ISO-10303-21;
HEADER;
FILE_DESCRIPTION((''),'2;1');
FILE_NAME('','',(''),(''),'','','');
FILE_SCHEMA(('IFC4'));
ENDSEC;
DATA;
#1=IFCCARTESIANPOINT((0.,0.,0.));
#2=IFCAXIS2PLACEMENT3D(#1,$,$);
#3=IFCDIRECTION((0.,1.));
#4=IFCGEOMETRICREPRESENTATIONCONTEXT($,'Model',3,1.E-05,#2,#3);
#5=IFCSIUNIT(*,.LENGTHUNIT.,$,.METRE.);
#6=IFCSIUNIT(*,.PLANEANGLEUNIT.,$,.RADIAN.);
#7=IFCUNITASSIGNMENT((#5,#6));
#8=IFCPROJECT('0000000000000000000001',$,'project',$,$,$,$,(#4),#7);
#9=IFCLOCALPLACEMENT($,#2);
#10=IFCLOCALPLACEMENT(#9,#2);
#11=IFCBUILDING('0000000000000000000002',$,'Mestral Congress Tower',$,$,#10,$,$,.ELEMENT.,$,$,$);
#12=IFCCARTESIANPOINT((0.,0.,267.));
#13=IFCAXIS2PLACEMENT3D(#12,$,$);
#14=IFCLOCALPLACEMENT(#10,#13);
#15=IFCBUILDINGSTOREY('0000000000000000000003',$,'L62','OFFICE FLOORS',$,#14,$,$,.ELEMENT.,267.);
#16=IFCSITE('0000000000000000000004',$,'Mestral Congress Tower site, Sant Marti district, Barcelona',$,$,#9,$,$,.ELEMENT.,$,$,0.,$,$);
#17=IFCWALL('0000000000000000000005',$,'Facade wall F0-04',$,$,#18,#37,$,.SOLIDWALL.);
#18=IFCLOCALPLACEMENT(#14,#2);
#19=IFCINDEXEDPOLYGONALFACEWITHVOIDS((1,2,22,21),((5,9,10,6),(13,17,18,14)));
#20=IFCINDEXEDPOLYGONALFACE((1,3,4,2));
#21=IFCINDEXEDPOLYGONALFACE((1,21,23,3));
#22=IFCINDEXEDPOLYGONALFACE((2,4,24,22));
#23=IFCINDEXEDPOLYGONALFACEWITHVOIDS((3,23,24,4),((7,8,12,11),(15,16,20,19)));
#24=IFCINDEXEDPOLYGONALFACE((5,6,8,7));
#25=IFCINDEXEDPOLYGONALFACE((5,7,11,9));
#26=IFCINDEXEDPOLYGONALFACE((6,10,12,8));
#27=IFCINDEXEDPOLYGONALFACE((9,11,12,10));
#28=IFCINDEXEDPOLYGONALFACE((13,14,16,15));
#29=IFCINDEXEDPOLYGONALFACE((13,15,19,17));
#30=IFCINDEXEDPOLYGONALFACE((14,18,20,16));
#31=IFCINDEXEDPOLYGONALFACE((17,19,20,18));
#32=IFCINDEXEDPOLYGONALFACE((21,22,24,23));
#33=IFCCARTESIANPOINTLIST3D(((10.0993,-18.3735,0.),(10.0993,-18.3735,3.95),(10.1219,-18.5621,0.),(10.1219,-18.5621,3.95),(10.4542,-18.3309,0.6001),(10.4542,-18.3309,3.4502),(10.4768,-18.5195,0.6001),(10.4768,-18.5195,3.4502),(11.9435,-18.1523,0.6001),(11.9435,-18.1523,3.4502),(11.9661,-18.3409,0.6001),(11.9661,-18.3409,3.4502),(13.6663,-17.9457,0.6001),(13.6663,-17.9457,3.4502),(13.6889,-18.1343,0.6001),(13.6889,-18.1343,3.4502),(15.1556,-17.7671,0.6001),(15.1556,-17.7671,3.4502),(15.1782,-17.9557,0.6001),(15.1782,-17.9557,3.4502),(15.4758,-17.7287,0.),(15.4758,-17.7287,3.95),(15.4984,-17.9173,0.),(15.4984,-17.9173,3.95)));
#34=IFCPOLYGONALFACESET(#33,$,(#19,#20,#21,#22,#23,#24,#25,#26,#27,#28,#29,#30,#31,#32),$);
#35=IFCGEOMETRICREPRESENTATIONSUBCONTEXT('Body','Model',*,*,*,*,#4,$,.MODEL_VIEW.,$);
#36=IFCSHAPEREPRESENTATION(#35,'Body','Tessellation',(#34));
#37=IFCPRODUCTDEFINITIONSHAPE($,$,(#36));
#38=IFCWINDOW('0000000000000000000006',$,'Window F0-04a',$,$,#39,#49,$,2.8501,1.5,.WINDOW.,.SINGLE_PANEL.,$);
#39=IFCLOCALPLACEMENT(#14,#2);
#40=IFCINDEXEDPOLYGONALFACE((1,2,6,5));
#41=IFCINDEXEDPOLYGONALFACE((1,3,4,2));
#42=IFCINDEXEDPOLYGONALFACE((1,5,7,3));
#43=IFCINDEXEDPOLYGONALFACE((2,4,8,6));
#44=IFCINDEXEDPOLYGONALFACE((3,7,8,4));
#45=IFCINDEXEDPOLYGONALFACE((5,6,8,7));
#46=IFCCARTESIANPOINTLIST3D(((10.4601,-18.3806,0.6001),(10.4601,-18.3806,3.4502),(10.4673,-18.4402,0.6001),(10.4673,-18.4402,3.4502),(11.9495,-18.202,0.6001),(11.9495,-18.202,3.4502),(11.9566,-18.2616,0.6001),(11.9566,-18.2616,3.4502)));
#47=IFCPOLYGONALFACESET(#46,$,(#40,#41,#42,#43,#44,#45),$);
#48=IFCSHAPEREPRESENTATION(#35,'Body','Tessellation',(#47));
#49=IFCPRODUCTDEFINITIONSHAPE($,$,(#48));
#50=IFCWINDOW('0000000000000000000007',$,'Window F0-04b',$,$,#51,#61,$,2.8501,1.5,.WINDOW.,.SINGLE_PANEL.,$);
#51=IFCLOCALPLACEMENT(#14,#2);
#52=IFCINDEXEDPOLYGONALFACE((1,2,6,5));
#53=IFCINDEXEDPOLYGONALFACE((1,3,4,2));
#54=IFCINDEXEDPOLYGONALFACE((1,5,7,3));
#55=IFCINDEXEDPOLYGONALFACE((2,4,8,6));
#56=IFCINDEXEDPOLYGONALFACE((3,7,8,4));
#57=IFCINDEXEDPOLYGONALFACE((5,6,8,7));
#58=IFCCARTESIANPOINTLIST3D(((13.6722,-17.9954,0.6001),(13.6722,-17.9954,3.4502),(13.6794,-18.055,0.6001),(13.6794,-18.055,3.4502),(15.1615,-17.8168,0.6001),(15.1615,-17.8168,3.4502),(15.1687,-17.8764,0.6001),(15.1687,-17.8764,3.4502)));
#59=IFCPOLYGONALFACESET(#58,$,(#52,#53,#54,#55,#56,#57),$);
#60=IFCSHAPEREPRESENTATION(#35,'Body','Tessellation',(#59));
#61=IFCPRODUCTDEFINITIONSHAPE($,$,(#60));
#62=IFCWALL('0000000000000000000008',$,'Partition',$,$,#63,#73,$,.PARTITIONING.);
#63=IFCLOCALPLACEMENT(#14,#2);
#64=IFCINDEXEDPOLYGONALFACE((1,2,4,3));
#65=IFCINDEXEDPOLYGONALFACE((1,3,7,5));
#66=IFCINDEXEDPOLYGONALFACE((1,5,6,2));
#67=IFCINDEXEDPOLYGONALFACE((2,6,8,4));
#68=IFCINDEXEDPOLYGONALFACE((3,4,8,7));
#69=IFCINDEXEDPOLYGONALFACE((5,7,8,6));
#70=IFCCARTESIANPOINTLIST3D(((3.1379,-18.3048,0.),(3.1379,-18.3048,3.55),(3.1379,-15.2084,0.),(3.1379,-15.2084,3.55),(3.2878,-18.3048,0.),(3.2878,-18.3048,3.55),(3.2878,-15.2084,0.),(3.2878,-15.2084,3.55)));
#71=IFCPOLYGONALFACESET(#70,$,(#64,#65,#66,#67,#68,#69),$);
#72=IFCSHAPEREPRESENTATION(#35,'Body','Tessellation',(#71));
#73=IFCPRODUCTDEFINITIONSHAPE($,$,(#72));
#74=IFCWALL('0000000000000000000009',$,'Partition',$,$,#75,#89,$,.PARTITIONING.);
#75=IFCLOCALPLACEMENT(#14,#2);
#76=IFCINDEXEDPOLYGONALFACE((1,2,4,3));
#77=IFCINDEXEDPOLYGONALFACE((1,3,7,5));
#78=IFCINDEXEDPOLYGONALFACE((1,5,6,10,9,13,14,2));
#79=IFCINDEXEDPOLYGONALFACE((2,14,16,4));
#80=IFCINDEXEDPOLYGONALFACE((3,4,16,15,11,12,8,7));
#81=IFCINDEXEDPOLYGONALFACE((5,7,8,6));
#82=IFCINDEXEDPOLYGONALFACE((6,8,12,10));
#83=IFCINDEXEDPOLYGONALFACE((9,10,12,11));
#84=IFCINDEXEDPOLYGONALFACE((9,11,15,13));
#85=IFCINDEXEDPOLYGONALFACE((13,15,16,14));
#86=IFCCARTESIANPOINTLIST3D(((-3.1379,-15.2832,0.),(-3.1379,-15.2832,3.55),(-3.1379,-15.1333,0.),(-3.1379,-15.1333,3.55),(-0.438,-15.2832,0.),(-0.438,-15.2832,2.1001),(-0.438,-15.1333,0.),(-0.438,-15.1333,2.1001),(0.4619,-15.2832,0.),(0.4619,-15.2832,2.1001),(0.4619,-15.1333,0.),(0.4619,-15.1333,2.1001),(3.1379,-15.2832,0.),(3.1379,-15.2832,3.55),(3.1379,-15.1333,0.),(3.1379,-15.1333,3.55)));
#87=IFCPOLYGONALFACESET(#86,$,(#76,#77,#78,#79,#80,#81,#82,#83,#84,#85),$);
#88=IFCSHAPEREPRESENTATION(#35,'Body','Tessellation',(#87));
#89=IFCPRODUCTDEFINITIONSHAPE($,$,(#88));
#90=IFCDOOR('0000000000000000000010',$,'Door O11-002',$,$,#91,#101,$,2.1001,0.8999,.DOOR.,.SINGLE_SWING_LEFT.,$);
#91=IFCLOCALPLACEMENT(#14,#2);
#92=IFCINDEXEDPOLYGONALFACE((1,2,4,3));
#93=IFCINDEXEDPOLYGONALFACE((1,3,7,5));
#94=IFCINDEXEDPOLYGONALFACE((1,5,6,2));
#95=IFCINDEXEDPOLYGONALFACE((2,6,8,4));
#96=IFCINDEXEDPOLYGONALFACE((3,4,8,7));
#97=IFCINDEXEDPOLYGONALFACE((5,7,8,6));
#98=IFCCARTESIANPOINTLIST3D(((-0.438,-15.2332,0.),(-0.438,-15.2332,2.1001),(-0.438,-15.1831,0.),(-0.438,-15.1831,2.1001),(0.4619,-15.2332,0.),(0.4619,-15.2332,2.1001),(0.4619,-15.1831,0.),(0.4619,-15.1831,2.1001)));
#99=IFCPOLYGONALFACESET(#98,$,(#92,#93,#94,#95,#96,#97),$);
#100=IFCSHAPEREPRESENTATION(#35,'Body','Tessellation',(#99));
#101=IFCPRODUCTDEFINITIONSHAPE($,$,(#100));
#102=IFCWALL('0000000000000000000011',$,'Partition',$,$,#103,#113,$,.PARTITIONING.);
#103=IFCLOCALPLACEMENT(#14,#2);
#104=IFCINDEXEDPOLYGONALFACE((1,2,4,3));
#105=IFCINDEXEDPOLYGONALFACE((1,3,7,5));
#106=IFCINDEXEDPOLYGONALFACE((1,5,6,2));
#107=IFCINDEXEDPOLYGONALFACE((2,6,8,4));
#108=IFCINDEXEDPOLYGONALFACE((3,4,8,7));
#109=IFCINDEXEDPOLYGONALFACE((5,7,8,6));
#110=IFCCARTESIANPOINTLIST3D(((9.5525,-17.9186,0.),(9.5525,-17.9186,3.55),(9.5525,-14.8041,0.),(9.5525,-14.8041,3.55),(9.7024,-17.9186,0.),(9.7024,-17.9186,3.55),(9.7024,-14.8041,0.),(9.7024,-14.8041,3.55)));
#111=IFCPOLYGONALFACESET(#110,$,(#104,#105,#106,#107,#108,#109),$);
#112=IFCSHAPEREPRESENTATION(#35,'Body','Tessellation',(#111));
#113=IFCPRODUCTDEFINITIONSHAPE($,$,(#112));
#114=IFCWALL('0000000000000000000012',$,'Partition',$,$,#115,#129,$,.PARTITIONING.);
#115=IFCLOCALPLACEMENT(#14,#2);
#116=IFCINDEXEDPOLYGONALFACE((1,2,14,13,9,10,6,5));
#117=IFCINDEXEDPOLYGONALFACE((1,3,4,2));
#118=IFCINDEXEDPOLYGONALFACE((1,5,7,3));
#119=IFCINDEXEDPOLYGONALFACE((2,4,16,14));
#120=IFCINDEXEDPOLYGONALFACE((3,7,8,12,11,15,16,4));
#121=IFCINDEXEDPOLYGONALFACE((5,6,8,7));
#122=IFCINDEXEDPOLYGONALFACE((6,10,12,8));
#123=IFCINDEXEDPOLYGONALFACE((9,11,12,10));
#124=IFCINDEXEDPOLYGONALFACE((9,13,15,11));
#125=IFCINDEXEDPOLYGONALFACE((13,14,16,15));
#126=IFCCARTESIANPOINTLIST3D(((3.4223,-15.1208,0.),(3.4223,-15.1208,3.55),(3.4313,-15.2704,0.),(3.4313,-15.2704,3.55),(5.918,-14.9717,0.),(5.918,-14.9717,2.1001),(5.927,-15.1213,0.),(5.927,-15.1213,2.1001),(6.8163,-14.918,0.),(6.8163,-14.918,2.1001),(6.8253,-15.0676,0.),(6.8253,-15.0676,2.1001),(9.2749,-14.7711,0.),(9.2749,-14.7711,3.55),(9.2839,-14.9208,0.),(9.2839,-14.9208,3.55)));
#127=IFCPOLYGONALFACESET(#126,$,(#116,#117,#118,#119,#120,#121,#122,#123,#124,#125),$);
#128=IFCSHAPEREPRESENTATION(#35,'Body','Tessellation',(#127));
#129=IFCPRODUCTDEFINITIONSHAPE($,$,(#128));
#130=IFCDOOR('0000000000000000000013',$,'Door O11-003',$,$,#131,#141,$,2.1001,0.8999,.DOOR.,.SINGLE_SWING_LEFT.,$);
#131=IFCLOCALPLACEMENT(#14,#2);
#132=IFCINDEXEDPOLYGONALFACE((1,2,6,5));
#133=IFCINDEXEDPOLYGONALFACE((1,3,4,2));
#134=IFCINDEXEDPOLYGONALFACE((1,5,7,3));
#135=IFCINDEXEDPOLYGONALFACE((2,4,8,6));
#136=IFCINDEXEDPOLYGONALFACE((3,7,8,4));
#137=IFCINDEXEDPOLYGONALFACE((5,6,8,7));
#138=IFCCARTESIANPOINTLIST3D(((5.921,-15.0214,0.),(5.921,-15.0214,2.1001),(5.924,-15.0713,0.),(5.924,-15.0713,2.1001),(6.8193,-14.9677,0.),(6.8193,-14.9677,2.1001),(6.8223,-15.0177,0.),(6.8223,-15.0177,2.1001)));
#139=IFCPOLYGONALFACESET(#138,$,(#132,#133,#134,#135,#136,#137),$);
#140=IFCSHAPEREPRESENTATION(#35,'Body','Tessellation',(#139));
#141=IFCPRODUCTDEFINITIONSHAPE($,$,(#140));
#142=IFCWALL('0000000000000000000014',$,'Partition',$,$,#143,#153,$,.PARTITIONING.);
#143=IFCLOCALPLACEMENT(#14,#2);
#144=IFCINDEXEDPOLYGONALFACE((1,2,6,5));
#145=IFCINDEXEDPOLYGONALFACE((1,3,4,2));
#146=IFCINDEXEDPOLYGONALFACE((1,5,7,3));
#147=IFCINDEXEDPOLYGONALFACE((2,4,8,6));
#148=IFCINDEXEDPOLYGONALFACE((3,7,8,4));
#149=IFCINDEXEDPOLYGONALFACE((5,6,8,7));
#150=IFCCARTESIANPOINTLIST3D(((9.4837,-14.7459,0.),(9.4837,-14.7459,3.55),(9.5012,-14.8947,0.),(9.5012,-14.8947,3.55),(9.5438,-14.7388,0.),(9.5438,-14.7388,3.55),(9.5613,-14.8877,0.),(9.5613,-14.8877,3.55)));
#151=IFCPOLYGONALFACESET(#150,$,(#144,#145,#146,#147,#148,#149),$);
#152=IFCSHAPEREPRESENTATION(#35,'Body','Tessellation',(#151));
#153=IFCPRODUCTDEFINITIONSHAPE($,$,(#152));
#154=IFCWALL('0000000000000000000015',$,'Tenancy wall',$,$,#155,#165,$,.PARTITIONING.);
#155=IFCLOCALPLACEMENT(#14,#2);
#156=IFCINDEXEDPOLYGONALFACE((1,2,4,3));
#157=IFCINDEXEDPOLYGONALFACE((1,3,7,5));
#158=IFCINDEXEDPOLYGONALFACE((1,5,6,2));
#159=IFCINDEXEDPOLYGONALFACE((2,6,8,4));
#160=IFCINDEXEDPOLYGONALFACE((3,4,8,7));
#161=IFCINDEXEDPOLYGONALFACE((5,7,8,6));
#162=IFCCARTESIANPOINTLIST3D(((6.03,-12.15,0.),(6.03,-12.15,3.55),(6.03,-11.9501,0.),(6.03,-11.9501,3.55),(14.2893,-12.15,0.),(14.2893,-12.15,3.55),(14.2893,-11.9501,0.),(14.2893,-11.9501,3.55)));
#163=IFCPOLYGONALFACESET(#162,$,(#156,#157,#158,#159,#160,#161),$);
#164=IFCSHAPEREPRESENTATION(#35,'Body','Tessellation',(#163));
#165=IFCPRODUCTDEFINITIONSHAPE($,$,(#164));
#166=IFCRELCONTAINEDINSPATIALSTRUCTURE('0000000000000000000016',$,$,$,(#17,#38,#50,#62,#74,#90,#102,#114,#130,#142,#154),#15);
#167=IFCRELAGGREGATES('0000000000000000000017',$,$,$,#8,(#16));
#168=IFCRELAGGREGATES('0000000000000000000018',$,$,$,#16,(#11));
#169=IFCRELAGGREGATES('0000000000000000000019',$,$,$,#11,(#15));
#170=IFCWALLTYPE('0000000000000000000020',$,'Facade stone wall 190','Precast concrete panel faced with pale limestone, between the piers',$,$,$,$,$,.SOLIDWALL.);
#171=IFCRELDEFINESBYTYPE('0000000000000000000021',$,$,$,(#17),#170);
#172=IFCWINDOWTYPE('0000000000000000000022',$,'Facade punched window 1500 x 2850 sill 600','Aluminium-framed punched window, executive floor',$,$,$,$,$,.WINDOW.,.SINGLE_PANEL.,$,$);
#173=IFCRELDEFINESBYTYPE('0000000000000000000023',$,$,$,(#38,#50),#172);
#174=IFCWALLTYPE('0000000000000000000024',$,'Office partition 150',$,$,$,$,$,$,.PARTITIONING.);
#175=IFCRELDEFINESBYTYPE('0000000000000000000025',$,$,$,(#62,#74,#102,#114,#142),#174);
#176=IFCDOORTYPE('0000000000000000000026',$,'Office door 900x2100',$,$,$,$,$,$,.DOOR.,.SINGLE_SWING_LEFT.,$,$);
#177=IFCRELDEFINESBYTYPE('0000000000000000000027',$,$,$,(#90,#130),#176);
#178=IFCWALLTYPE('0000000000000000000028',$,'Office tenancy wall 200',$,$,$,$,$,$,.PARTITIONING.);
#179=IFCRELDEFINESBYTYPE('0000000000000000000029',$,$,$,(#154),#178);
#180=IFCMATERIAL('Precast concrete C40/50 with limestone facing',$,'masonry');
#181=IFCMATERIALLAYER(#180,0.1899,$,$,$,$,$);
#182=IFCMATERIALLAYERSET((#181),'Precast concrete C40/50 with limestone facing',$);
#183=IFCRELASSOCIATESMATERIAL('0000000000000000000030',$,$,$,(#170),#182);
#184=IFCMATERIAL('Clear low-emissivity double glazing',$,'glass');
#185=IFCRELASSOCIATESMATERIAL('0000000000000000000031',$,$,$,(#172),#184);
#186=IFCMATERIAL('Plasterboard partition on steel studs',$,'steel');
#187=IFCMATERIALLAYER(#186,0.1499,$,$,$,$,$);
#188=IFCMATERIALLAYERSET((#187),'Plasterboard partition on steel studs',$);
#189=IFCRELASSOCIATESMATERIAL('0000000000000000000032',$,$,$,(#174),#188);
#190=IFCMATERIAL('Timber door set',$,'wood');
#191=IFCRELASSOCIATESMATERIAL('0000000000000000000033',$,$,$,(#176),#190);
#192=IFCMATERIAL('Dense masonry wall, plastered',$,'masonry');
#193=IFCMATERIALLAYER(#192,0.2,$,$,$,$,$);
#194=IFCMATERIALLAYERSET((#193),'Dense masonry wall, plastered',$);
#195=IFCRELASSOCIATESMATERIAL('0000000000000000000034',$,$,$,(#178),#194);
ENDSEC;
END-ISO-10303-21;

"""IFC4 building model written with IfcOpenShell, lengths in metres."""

from ifc_helpers import new_model, si_unit, direction, frame, frame_2d, origin, place, context, subcontext, project, spatial, rectangle, extrude, material, layer, layer_set, type_object, element, fill, save


model = new_model("IFC4")

# Units and contexts
model_context = context("Model", 3, precision=1e-05, world=origin(), true_north=direction((0.0, 1.0)))
body_context = subcontext(model_context, "Body", "Model", "MODEL_VIEW")
ifc_project = project(units=[si_unit("LENGTHUNIT", "METRE"), si_unit("PLANEANGLEUNIT", "RADIAN")], contexts=[model_context])

# Site, building, storey
site_placement = place(None, origin())
site = spatial("IfcSite", under=ifc_project, at=site_placement, Name="Mestral Congress Tower site, Sant Marti district, Barcelona", CompositionType="ELEMENT", RefElevation=0.0)
building_placement = place(site_placement, origin())
building = spatial("IfcBuilding", under=site, at=building_placement, Name="Mestral Congress Tower", CompositionType="ELEMENT")
storey_placement = place(building_placement, frame((0.0, 0.0, 267.0)))
storey = spatial("IfcBuildingStorey", under=building, at=storey_placement, Name="L62", Description="OFFICE FLOORS", CompositionType="ELEMENT", Elevation=267.0)

# Wall, openings, windows
ifc_material_1 = material(Name="Precast concrete C40/50 with limestone facing", Category="masonry")
ifc_layer_1 = layer(ifc_material_1, 0.1899)
ifc_layer_set_1 = layer_set([ifc_layer_1], Name="Precast concrete C40/50 with limestone facing")
wall_type_1 = type_object("IfcWallType", Name="Facade stone wall 190", Description="Precast concrete panel faced with pale limestone, between the piers", PredefinedType="SOLIDWALL", material=ifc_layer_set_1)
ifc_material_2 = material(Name="Clear low-emissivity double glazing", Category="glass")
window_type = type_object("IfcWindowType", Name="Facade punched window 1500 x 2850 sill 600", Description="Aluminium-framed punched window, executive floor", PartitioningType="SINGLE_PANEL", PredefinedType="WINDOW", material=ifc_material_2)
wall_1_placement = place(storey_placement, frame((10.1106, -18.4678, 0.0), z_axis=(0.0, 0.0, 1.0), x_axis=(0.992886, 0.119072, 0.0)))
wall_1 = element("IfcWall", 1, at=wall_1_placement, inside=storey, type_object=wall_type_1, Name="Facade wall F0-04", PredefinedType="SOLIDWALL", context=body_context, shape_type="SweptSolid", body=[
    extrude(rectangle(XDim=5.415, YDim=0.1899, at=frame_2d((2.7075, 0.0))), origin(), (0.0, 0.0, 1.0), 3.95),
])
opening_1_placement = place(wall_1_placement, frame((0.3574, 0.0, 0.6001)))
opening_1 = element("IfcOpeningElement", 2, at=opening_1_placement, cuts=wall_1, PredefinedType="OPENING", context=body_context, shape_type="SweptSolid", body=[
    extrude(rectangle(XDim=1.5, YDim=2.8501, at=frame_2d((0.75, 1.425))), frame((0.0, 0.105, 0.0), z_axis=(0.0, -1.0, 0.0), x_axis=(1.0, 0.0, 0.0)), (0.0, 0.0, 1.0), 0.21),
])
opening_2_placement = place(wall_1_placement, frame((3.5925, 0.0, 0.6001)))
opening_2 = element("IfcOpeningElement", 3, at=opening_2_placement, cuts=wall_1, PredefinedType="OPENING", context=body_context, shape_type="SweptSolid", body=[
    extrude(rectangle(XDim=1.5, YDim=2.8501, at=frame_2d((0.75, 1.425))), frame((0.0, 0.105, 0.0), z_axis=(0.0, -1.0, 0.0), x_axis=(1.0, 0.0, 0.0)), (0.0, 0.0, 1.0), 0.21),
])
window_1_placement = place(opening_1_placement, origin())
window_1 = element("IfcWindow", 4, at=window_1_placement, inside=storey, type_object=window_type, Name="Window F0-04a", OverallHeight=2.8501, OverallWidth=1.5, PartitioningType="SINGLE_PANEL", PredefinedType="WINDOW", context=body_context, shape_type="SweptSolid", body=[
    extrude(rectangle(XDim=1.5, YDim=2.8501, at=frame_2d((0.75, 1.425))), frame((0.0, 0.0449, 0.0), z_axis=(0.0, -1.0, 0.0), x_axis=(1.0, 0.0, 0.0)), (0.0, 0.0, 1.0), 0.0601),
])
fill(opening_1, window_1)
window_2_placement = place(opening_2_placement, origin())
window_2 = element("IfcWindow", 5, at=window_2_placement, inside=storey, type_object=window_type, Name="Window F0-04b", OverallHeight=2.8501, OverallWidth=1.5, PartitioningType="SINGLE_PANEL", PredefinedType="WINDOW", context=body_context, shape_type="SweptSolid", body=[
    extrude(rectangle(XDim=1.5, YDim=2.8501, at=frame_2d((0.75, 1.425))), frame((0.0, 0.0449, 0.0), z_axis=(0.0, -1.0, 0.0), x_axis=(1.0, 0.0, 0.0)), (0.0, 0.0, 1.0), 0.0601),
])
fill(opening_2, window_2)

# Wall
ifc_material_3 = material(Name="Plasterboard partition on steel studs", Category="steel")
ifc_layer_2 = layer(ifc_material_3, 0.1499)
ifc_layer_set_2 = layer_set([ifc_layer_2], Name="Plasterboard partition on steel studs")
wall_type_2 = type_object("IfcWallType", Name="Office partition 150", PredefinedType="PARTITIONING", material=ifc_layer_set_2)
wall_2_placement = place(storey_placement, frame((3.2129, -15.2083, 0.0), z_axis=(0.0, 0.0, 1.0), x_axis=(0.0, -1.0, 0.0)))
element("IfcWall", 6, at=wall_2_placement, inside=storey, type_object=wall_type_2, Name="Partition", PredefinedType="PARTITIONING", context=body_context, shape_type="SweptSolid", body=[
    extrude(rectangle(XDim=3.0964, YDim=0.1499, at=frame_2d((1.5483, 0.0))), origin(), (0.0, 0.0, 1.0), 3.55),
])

# Wall, opening, door
wall_3_placement = place(storey_placement, frame((3.1379, -15.2083, 0.0), z_axis=(0.0, 0.0, 1.0), x_axis=(-1.0, 0.0, 0.0)))
wall_3 = element("IfcWall", 7, at=wall_3_placement, inside=storey, type_object=wall_type_2, Name="Partition", PredefinedType="PARTITIONING", context=body_context, shape_type="SweptSolid", body=[
    extrude(rectangle(XDim=6.2759, YDim=0.1499, at=frame_2d((3.1379, 0.0))), origin(), (0.0, 0.0, 1.0), 3.55),
])
opening_3_placement = place(wall_3_placement, frame((2.676, 0.0, 0.0)))
opening_3 = element("IfcOpeningElement", 8, at=opening_3_placement, cuts=wall_3, PredefinedType="OPENING", context=body_context, shape_type="SweptSolid", body=[
    extrude(rectangle(XDim=0.8999, YDim=2.1001, at=frame_2d((0.45, 1.05))), frame((0.0, 0.085, 0.0), z_axis=(0.0, -1.0, 0.0), x_axis=(1.0, 0.0, 0.0)), (0.0, 0.0, 1.0), 0.1699),
])
ifc_material_4 = material(Name="Timber door set", Category="wood")
door_type = type_object("IfcDoorType", Name="Office door 900x2100", OperationType="SINGLE_SWING_LEFT", PredefinedType="DOOR", material=ifc_material_4)
door_1_placement = place(opening_3_placement, origin())
door_1 = element("IfcDoor", 9, at=door_1_placement, inside=storey, type_object=door_type, Name="Door O11-002", OperationType="SINGLE_SWING_LEFT", OverallHeight=2.1001, OverallWidth=0.8999, PredefinedType="DOOR", context=body_context, shape_type="SweptSolid", body=[
    extrude(rectangle(XDim=0.8999, YDim=2.1001, at=frame_2d((0.45, 1.05))), frame((0.0, 0.0249, 0.0), z_axis=(0.0, -1.0, 0.0), x_axis=(1.0, 0.0, 0.0)), (0.0, 0.0, 1.0), 0.05),
])
fill(opening_3, door_1)

# Wall
wall_4_placement = place(storey_placement, frame((9.6274, -14.8042, 0.0), z_axis=(0.0, 0.0, 1.0), x_axis=(0.0, -1.0, 0.0)))
element("IfcWall", 10, at=wall_4_placement, inside=storey, type_object=wall_type_2, Name="Partition", PredefinedType="PARTITIONING", context=body_context, shape_type="SweptSolid", body=[
    extrude(rectangle(XDim=3.1145, YDim=0.1499, at=frame_2d((1.5571, 0.0))), origin(), (0.0, 0.0, 1.0), 3.55),
])

# Wall, opening, door
wall_5_placement = place(storey_placement, frame((9.2795, -14.8459, 0.0), z_axis=(0.0, 0.0, 1.0), x_axis=(-0.998221, -0.05963, 0.0)))
wall_5 = element("IfcWall", 11, at=wall_5_placement, inside=storey, type_object=wall_type_2, Name="Partition", PredefinedType="PARTITIONING", context=body_context, shape_type="SweptSolid", body=[
    extrude(rectangle(XDim=5.863, YDim=0.1499, at=frame_2d((2.9316, 0.0))), origin(), (0.0, 0.0, 1.0), 3.55),
])
opening_4_placement = place(wall_5_placement, frame((2.4631, 0.0, 0.0)))
opening_4 = element("IfcOpeningElement", 12, at=opening_4_placement, cuts=wall_5, PredefinedType="OPENING", context=body_context, shape_type="SweptSolid", body=[
    extrude(rectangle(XDim=0.8999, YDim=2.1001, at=frame_2d((0.45, 1.05))), frame((0.0, 0.085, 0.0), z_axis=(0.0, -1.0, 0.0), x_axis=(1.0, 0.0, 0.0)), (0.0, 0.0, 1.0), 0.1699),
])
door_2_placement = place(opening_4_placement, origin())
door_2 = element("IfcDoor", 13, at=door_2_placement, inside=storey, type_object=door_type, Name="Door O11-003", OperationType="SINGLE_SWING_LEFT", OverallHeight=2.1001, OverallWidth=0.8999, PredefinedType="DOOR", context=body_context, shape_type="SweptSolid", body=[
    extrude(rectangle(XDim=0.8999, YDim=2.1001, at=frame_2d((0.45, 1.05))), frame((0.0, 0.0249, 0.0), z_axis=(0.0, -1.0, 0.0), x_axis=(1.0, 0.0, 0.0)), (0.0, 0.0, 1.0), 0.05),
])
fill(opening_4, door_2)

# Walls
wall_6_placement = place(storey_placement, frame((9.4924, -14.8203, 0.0), z_axis=(0.0, 0.0, 1.0), x_axis=(0.993123, 0.117075, 0.0)))
element("IfcWall", 14, at=wall_6_placement, inside=storey, type_object=wall_type_2, Name="Partition", PredefinedType="PARTITIONING", context=body_context, shape_type="SweptSolid", body=[
    extrude(rectangle(XDim=0.0605, YDim=0.1499, at=frame_2d((0.0303, 0.0))), origin(), (0.0, 0.0, 1.0), 3.55),
])
ifc_material_5 = material(Name="Dense masonry wall, plastered", Category="masonry")
ifc_layer_3 = layer(ifc_material_5, 0.2)
ifc_layer_set_3 = layer_set([ifc_layer_3], Name="Dense masonry wall, plastered")
wall_type_3 = type_object("IfcWallType", Name="Office tenancy wall 200", PredefinedType="PARTITIONING", material=ifc_layer_set_3)
wall_7_placement = place(storey_placement, frame((6.03, -12.05, 0.0), z_axis=(0.0, 0.0, 1.0), x_axis=(1.0, 0.0, 0.0)))
element("IfcWall", 15, at=wall_7_placement, inside=storey, type_object=wall_type_3, Name="Tenancy wall", PredefinedType="PARTITIONING", context=body_context, shape_type="SweptSolid", body=[
    extrude(rectangle(XDim=8.2593, YDim=0.2, at=frame_2d((4.1296, 0.0))), origin(), (0.0, 0.0, 1.0), 3.55),
])

save(model, "model.ifc")
